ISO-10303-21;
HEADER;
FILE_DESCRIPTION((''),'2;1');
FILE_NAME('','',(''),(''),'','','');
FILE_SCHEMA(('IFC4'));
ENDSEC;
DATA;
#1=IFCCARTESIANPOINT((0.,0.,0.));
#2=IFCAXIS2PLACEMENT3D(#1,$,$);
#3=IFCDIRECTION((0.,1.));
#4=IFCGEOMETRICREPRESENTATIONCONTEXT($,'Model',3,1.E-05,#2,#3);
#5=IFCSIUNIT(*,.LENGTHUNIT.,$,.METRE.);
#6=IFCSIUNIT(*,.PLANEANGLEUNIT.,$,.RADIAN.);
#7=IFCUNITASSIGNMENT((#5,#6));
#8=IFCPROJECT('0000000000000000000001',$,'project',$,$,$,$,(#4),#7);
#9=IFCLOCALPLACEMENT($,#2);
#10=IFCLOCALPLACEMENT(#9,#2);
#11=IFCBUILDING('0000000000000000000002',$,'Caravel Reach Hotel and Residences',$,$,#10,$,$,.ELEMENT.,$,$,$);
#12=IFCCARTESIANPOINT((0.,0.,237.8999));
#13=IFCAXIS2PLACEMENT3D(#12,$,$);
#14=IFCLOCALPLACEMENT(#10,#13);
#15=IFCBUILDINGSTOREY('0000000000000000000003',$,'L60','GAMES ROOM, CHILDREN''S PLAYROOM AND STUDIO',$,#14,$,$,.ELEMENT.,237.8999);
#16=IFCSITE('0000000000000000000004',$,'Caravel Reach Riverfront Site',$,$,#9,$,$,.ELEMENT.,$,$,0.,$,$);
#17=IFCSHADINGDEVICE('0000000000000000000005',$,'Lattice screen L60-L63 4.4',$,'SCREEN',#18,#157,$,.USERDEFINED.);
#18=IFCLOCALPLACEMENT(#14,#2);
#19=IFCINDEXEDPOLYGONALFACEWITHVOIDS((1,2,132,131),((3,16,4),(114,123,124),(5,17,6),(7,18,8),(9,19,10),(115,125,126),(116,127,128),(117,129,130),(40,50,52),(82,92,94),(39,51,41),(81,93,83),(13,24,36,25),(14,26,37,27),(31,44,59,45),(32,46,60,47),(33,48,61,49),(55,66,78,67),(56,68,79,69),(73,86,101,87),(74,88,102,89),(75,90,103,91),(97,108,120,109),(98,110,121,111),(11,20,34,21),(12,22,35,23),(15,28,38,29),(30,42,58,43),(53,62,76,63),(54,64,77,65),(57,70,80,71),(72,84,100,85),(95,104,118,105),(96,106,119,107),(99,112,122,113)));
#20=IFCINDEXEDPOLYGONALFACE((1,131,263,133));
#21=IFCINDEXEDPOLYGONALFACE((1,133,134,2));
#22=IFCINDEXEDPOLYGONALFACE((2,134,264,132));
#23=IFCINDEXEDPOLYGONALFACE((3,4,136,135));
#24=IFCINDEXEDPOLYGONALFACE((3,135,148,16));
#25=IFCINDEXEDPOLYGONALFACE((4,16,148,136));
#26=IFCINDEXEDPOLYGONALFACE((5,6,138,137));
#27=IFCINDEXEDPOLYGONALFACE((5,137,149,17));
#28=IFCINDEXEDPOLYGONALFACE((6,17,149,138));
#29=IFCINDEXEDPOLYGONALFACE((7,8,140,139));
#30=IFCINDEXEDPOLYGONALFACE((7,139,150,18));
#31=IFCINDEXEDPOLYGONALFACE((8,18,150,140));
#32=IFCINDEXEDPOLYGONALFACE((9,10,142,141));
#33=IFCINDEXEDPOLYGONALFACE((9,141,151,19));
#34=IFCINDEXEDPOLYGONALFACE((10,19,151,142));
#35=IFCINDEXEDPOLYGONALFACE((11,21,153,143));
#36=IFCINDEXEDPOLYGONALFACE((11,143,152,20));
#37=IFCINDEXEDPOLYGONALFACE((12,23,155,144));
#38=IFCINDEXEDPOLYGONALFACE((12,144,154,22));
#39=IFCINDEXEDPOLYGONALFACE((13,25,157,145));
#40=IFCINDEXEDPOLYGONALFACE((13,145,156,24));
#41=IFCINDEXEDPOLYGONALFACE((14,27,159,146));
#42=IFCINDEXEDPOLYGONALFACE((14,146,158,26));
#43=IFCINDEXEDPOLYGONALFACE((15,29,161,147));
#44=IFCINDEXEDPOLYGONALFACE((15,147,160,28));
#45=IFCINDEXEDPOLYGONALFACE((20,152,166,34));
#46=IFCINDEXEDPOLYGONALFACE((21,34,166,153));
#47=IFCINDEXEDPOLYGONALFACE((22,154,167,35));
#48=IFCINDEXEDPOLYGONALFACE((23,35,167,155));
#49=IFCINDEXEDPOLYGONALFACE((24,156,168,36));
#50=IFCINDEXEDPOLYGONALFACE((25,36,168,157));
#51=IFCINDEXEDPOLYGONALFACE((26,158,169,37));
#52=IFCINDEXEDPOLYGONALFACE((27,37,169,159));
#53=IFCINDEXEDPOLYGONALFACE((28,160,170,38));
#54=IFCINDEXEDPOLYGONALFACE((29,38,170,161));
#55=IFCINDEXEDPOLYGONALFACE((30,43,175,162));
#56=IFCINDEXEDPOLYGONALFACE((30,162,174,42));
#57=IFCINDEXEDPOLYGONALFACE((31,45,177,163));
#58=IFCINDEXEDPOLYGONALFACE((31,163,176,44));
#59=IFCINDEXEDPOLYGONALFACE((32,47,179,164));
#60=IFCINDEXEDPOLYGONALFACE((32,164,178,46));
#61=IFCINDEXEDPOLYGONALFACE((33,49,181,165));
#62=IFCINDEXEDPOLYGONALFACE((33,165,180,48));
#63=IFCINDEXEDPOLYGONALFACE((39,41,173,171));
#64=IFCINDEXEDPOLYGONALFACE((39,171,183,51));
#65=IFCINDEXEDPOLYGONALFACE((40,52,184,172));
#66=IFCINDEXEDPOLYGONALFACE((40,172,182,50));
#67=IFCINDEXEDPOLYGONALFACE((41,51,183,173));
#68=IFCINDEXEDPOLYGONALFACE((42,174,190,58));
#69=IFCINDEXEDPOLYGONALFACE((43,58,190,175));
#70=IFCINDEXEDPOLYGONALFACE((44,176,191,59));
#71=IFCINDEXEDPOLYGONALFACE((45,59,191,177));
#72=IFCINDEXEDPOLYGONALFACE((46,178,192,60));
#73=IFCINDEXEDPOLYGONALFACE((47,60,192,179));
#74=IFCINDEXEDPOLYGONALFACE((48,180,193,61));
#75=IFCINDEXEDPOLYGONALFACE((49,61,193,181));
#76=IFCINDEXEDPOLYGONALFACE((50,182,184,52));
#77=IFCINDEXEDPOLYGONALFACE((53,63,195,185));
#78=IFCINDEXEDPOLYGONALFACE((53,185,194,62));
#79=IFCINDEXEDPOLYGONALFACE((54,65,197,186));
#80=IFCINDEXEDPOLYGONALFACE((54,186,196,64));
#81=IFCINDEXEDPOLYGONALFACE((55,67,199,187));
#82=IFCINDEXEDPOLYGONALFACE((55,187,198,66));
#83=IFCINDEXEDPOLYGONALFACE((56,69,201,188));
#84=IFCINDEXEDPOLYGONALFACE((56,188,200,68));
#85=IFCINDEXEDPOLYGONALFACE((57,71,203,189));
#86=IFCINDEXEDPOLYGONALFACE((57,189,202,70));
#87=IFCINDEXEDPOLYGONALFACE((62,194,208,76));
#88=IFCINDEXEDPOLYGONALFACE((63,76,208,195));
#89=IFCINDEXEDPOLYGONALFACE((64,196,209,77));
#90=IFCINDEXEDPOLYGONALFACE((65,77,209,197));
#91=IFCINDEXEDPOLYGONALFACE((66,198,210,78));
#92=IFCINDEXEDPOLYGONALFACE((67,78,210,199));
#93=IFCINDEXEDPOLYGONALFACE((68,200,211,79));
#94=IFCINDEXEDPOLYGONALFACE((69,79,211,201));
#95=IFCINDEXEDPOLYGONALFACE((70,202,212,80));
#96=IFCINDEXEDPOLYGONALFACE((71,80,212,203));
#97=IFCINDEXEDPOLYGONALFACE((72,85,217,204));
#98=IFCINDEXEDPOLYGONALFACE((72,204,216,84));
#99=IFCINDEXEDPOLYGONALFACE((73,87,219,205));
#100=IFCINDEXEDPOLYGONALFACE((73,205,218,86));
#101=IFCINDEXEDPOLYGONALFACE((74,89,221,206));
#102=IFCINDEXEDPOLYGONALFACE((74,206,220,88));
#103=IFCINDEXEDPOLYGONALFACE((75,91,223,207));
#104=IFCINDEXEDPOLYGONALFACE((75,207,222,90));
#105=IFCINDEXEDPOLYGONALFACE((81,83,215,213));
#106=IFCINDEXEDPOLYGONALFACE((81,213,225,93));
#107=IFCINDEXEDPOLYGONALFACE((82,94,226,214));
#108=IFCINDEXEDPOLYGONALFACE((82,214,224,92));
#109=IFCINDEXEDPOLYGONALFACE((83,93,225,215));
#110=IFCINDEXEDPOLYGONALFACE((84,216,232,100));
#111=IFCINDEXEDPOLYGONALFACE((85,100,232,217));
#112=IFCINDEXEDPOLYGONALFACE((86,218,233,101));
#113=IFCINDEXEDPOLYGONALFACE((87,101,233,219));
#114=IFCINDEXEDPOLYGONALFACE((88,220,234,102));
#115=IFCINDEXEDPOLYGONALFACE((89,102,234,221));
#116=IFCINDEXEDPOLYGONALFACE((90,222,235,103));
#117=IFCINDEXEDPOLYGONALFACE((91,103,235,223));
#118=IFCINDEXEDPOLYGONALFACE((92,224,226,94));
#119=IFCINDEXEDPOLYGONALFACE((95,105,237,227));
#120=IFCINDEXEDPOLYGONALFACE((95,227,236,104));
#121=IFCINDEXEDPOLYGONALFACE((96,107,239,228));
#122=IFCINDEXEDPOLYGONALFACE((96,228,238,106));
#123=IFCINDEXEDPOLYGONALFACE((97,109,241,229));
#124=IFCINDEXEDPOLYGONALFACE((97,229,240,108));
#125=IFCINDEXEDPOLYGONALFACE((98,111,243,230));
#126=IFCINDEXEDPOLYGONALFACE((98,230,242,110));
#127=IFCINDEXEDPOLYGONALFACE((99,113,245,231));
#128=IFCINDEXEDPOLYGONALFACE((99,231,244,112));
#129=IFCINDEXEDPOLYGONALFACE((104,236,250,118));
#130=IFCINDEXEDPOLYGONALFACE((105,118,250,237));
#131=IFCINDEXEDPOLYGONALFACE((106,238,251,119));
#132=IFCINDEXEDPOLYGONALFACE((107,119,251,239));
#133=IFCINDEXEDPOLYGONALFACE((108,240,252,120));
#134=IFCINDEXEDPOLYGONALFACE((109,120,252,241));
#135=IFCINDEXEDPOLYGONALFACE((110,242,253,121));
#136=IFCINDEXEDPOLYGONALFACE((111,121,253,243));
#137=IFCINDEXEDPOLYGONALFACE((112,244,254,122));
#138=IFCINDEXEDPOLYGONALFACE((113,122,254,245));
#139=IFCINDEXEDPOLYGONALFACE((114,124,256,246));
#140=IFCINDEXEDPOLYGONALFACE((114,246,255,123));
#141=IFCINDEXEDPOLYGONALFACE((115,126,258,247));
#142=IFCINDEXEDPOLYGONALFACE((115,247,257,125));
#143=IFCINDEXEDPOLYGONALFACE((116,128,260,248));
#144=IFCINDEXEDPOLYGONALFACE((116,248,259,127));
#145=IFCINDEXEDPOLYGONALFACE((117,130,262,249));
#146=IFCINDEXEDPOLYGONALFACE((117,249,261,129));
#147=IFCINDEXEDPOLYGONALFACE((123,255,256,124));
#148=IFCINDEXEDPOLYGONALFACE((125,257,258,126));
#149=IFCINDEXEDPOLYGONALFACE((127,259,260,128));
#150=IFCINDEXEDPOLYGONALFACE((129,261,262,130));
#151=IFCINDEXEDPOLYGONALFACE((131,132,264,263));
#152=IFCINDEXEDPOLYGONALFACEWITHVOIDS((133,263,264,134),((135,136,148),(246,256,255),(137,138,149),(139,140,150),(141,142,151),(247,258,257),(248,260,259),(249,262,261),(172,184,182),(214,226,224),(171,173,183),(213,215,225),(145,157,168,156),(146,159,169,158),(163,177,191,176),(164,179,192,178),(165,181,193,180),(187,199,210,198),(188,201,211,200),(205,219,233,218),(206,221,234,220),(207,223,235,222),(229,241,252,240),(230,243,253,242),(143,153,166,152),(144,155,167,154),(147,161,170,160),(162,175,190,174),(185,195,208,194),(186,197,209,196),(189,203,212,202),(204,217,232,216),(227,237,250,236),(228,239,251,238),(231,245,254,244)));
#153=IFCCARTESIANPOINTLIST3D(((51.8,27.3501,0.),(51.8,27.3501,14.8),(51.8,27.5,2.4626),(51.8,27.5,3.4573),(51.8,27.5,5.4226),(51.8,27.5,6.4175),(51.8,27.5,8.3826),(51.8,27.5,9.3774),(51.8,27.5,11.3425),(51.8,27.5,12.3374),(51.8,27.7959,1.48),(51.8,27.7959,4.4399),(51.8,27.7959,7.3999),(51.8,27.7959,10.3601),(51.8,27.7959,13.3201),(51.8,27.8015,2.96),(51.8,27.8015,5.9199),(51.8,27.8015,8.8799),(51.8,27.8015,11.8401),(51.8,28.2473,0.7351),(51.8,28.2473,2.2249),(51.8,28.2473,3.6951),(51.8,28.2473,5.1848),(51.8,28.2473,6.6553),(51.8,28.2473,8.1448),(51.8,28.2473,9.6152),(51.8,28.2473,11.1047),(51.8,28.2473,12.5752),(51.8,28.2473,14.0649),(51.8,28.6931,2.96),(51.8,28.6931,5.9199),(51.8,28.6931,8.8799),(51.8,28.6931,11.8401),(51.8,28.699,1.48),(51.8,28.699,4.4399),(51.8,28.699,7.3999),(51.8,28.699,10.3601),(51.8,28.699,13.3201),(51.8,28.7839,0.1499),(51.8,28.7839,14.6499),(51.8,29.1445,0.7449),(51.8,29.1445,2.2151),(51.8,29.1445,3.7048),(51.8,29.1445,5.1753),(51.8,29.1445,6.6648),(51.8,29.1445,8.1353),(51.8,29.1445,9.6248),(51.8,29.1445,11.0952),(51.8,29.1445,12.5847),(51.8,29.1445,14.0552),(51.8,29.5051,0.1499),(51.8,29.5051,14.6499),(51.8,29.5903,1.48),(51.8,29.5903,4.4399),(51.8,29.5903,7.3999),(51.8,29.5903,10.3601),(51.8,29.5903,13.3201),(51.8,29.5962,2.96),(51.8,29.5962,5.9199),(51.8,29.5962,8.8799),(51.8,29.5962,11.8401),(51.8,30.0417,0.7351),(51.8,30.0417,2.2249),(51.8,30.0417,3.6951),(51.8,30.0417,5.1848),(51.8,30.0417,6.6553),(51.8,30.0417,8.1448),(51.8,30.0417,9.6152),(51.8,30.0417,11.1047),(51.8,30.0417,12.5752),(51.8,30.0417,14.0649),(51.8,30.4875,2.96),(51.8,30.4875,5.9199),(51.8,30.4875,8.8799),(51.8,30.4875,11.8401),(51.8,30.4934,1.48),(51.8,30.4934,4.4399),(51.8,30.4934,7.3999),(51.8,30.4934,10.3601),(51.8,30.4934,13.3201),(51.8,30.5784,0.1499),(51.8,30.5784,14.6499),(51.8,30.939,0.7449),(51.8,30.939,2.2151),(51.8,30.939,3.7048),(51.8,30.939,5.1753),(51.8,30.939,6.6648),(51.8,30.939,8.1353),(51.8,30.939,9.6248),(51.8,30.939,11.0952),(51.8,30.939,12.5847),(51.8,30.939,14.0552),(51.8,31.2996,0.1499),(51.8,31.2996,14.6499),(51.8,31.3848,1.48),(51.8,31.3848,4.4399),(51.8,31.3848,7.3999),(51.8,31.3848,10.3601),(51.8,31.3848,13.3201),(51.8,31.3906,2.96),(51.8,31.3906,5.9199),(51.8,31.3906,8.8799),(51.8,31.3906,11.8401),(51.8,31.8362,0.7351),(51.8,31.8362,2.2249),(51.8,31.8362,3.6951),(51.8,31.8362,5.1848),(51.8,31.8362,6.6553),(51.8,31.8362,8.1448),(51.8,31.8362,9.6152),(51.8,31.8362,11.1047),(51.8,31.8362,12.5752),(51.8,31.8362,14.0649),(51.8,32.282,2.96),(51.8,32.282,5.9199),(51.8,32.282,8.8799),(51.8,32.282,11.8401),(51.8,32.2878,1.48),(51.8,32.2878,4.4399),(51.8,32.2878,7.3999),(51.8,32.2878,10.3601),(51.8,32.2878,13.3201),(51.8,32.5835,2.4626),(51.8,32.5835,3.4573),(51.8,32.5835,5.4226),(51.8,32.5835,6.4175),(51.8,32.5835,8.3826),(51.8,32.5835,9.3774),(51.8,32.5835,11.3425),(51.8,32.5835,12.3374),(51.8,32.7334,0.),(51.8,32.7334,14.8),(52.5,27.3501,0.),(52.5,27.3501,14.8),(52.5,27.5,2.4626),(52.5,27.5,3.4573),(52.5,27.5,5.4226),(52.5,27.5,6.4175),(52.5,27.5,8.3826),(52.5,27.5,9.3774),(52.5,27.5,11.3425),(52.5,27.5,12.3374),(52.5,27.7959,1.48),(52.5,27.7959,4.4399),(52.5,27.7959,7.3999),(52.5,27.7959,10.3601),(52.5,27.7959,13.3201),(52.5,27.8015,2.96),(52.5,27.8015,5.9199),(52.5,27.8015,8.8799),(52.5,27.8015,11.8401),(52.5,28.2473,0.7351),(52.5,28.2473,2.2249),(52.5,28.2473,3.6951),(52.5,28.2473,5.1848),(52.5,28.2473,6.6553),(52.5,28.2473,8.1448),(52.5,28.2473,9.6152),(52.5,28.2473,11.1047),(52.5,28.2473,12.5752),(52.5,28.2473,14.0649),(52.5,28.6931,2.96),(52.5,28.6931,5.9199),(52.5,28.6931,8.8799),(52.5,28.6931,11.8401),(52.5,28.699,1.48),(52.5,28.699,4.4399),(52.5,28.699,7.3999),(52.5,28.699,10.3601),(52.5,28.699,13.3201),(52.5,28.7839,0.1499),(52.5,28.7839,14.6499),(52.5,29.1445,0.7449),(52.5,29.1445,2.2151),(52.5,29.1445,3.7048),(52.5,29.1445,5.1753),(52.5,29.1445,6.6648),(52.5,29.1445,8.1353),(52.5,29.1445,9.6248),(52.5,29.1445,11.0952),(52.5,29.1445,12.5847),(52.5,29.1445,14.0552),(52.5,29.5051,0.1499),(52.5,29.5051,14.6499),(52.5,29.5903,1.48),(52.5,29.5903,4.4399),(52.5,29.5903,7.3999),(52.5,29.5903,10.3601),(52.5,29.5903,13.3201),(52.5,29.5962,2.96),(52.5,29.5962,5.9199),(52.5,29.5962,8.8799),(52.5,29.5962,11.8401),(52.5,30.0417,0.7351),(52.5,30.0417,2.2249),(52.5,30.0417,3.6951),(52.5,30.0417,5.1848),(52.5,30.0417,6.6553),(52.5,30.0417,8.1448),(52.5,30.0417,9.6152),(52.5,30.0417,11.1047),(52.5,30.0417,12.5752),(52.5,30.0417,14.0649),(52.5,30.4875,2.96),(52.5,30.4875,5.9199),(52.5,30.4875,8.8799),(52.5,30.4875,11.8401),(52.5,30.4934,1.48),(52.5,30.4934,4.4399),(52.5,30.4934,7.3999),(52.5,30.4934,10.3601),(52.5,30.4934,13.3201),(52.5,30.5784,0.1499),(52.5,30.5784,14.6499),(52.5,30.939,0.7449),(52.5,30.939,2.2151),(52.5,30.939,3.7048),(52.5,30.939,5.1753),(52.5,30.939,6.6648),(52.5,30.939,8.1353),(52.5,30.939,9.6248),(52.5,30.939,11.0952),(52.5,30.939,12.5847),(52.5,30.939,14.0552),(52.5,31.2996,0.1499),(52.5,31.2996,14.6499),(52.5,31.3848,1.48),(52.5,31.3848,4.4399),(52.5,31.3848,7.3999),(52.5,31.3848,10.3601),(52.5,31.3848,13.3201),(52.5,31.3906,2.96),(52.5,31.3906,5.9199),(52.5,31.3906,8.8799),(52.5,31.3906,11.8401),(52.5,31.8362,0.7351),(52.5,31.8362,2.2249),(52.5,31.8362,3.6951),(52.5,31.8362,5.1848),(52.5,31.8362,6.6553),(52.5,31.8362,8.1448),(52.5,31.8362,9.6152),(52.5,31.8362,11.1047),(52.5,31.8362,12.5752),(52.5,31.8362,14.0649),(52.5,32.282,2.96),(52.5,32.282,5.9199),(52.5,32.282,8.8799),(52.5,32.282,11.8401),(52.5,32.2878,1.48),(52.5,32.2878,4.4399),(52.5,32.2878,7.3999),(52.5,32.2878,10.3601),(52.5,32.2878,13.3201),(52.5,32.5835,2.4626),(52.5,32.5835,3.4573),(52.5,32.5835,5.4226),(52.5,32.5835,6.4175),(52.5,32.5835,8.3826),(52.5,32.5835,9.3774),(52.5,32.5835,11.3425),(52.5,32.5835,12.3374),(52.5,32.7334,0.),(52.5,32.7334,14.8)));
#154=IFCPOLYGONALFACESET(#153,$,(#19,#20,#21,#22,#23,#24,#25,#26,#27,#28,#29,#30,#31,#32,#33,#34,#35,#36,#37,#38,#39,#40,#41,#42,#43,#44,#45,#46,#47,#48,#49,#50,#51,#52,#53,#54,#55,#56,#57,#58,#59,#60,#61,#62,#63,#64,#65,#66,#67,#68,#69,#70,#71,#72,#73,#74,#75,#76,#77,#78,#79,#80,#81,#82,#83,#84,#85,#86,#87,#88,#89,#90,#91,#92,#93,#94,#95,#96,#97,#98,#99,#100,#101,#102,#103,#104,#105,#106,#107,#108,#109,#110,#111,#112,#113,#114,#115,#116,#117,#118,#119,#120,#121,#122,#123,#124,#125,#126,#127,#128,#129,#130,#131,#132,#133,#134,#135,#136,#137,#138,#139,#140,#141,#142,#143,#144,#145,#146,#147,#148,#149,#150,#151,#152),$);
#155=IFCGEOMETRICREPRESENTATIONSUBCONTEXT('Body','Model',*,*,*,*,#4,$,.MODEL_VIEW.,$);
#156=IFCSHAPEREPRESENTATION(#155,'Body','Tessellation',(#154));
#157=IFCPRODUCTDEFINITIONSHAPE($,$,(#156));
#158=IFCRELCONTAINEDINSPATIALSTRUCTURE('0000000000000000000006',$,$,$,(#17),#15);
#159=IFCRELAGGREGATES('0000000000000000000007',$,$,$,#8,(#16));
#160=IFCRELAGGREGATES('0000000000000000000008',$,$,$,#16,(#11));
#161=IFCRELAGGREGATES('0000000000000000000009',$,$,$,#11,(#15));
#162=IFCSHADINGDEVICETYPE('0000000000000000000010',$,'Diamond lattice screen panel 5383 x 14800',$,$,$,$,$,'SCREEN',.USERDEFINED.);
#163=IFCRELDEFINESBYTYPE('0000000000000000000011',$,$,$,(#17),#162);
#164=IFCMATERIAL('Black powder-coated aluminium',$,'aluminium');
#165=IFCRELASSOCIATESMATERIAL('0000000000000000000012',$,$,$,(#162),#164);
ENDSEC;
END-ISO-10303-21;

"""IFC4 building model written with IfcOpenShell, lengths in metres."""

from ifc_helpers import new_model, si_unit, direction, frame, origin, place, context, subcontext, project, spatial, polyline, outline, extrude, material, type_object, element, save


model = new_model("IFC4")

# Units and contexts
model_context = context("Model", 3, precision=1e-05, world=origin(), true_north=direction((0.0, 1.0)))
body_context = subcontext(model_context, "Body", "Model", "MODEL_VIEW")
ifc_project = project(units=[si_unit("LENGTHUNIT", "METRE"), si_unit("PLANEANGLEUNIT", "RADIAN")], contexts=[model_context])

# Site, building, storey
site_placement = place(None, origin())
site = spatial("IfcSite", under=ifc_project, at=site_placement, Name="Caravel Reach Riverfront Site", CompositionType="ELEMENT", RefElevation=0.0)
building_placement = place(site_placement, origin())
building = spatial("IfcBuilding", under=site, at=building_placement, Name="Caravel Reach Hotel and Residences", CompositionType="ELEMENT")
storey_placement = place(building_placement, frame((0.0, 0.0, 237.8999)))
storey = spatial("IfcBuildingStorey", under=building, at=storey_placement, Name="L60", Description="GAMES ROOM, CHILDREN'S PLAYROOM AND STUDIO", CompositionType="ELEMENT", Elevation=237.8999)

# Shading device
ifc_material_1 = material(Name="Black powder-coated aluminium", Category="aluminium")
shading_device_type = type_object("IfcShadingDeviceType", Name="Diamond lattice screen panel 5383 x 14800", ElementType="SCREEN", PredefinedType="USERDEFINED", material=ifc_material_1)
shading_device_1_placement = place(storey_placement, frame((51.8, 27.3501, 0.0), z_axis=(1.0, 0.0, 0.0), x_axis=(0.0, 1.0, 0.0)))
element("IfcShadingDevice", 1, at=shading_device_1_placement, inside=storey, type_object=shading_device_type, Name="Lattice screen L60-L63 4.4", ObjectType="SCREEN", PredefinedType="USERDEFINED", context=body_context, shape_type="SweptSolid", body=[
    extrude(outline(polyline([(0.0, 0.0), (5.3833, 0.0), (5.3833, 14.8), (0.0, 14.8), (0.0, 0.0)]), holes=[polyline([(0.4514, 2.96), (0.1499, 3.4573), (0.1499, 2.4626), (0.4514, 2.96)]), polyline([(0.4514, 5.9199), (0.1499, 6.4175), (0.1499, 5.4226), (0.4514, 5.9199)]), polyline([(0.4514, 8.8799), (0.1499, 9.3774), (0.1499, 8.3826), (0.4514, 8.8799)]), polyline([(0.4514, 11.8401), (0.1499, 12.3374), (0.1499, 11.3425), (0.4514, 11.8401)]), polyline([(0.8972, 2.2249), (0.4458, 1.48), (0.8972, 0.7351), (1.3489, 1.48), (0.8972, 2.2249)]), polyline([(0.8972, 5.1848), (0.4458, 4.4399), (0.8972, 3.6951), (1.3489, 4.4399), (0.8972, 5.1848)]), polyline([(0.8972, 8.1448), (0.4458, 7.3999), (0.8972, 6.6553), (1.3489, 7.3999), (0.8972, 8.1448)]), polyline([(0.8972, 11.1047), (0.4458, 10.3601), (0.8972, 9.6152), (1.3489, 10.3601), (0.8972, 11.1047)]), polyline([(0.8972, 14.0649), (0.4458, 13.3201), (0.8972, 12.5752), (1.3489, 13.3201), (0.8972, 14.0649)]), polyline([(1.7944, 0.7449), (1.4338, 0.1499), (2.155, 0.1499), (1.7944, 0.7449)]), polyline([(1.7944, 3.7048), (1.343, 2.96), (1.7944, 2.2151), (2.2461, 2.96), (1.7944, 3.7048)]), polyline([(1.7944, 6.6648), (1.343, 5.9199), (1.7944, 5.1753), (2.2461, 5.9199), (1.7944, 6.6648)]), polyline([(1.7944, 9.6248), (1.343, 8.8799), (1.7944, 8.1353), (2.2461, 8.8799), (1.7944, 9.6248)]), polyline([(1.7944, 12.5847), (1.343, 11.8401), (1.7944, 11.0952), (2.2461, 11.8401), (1.7944, 12.5847)]), polyline([(1.7944, 14.0552), (2.155, 14.6499), (1.4338, 14.6499), (1.7944, 14.0552)]), polyline([(2.6917, 2.2249), (2.2402, 1.48), (2.6917, 0.7351), (3.1433, 1.48), (2.6917, 2.2249)]), polyline([(2.6917, 5.1848), (2.2402, 4.4399), (2.6917, 3.6951), (3.1433, 4.4399), (2.6917, 5.1848)]), polyline([(2.6917, 8.1448), (2.2402, 7.3999), (2.6917, 6.6553), (3.1433, 7.3999), (2.6917, 8.1448)]), polyline([(2.6917, 11.1047), (2.2402, 10.3601), (2.6917, 9.6152), (3.1433, 10.3601), (2.6917, 11.1047)]), polyline([(2.6917, 14.0649), (2.2402, 13.3201), (2.6917, 12.5752), (3.1433, 13.3201), (2.6917, 14.0649)]), polyline([(3.5889, 0.7449), (3.2283, 0.1499), (3.9495, 0.1499), (3.5889, 0.7449)]), polyline([(3.5889, 3.7048), (3.1375, 2.96), (3.5889, 2.2151), (4.0405, 2.96), (3.5889, 3.7048)]), polyline([(3.5889, 6.6648), (3.1375, 5.9199), (3.5889, 5.1753), (4.0405, 5.9199), (3.5889, 6.6648)]), polyline([(3.5889, 9.6248), (3.1375, 8.8799), (3.5889, 8.1353), (4.0405, 8.8799), (3.5889, 9.6248)]), polyline([(3.5889, 12.5847), (3.1375, 11.8401), (3.5889, 11.0952), (4.0405, 11.8401), (3.5889, 12.5847)]), polyline([(3.5889, 14.0552), (3.9495, 14.6499), (3.2283, 14.6499), (3.5889, 14.0552)]), polyline([(4.4861, 2.2249), (4.0347, 1.48), (4.4861, 0.7351), (4.9377, 1.48), (4.4861, 2.2249)]), polyline([(4.4861, 5.1848), (4.0347, 4.4399), (4.4861, 3.6951), (4.9377, 4.4399), (4.4861, 5.1848)]), polyline([(4.4861, 8.1448), (4.0347, 7.3999), (4.4861, 6.6553), (4.9377, 7.3999), (4.4861, 8.1448)]), polyline([(4.4861, 11.1047), (4.0347, 10.3601), (4.4861, 9.6152), (4.9377, 10.3601), (4.4861, 11.1047)]), polyline([(4.4861, 14.0649), (4.0347, 13.3201), (4.4861, 12.5752), (4.9377, 13.3201), (4.4861, 14.0649)]), polyline([(4.9319, 2.96), (5.2334, 2.4626), (5.2334, 3.4573), (4.9319, 2.96)]), polyline([(4.9319, 5.9199), (5.2334, 5.4226), (5.2334, 6.4175), (4.9319, 5.9199)]), polyline([(4.9319, 8.8799), (5.2334, 8.3826), (5.2334, 9.3774), (4.9319, 8.8799)]), polyline([(4.9319, 11.8401), (5.2334, 11.3425), (5.2334, 12.3374), (4.9319, 11.8401)])]), origin(), (0.0, 0.0, 1.0), 0.7),
])

save(model, "model.ifc")
